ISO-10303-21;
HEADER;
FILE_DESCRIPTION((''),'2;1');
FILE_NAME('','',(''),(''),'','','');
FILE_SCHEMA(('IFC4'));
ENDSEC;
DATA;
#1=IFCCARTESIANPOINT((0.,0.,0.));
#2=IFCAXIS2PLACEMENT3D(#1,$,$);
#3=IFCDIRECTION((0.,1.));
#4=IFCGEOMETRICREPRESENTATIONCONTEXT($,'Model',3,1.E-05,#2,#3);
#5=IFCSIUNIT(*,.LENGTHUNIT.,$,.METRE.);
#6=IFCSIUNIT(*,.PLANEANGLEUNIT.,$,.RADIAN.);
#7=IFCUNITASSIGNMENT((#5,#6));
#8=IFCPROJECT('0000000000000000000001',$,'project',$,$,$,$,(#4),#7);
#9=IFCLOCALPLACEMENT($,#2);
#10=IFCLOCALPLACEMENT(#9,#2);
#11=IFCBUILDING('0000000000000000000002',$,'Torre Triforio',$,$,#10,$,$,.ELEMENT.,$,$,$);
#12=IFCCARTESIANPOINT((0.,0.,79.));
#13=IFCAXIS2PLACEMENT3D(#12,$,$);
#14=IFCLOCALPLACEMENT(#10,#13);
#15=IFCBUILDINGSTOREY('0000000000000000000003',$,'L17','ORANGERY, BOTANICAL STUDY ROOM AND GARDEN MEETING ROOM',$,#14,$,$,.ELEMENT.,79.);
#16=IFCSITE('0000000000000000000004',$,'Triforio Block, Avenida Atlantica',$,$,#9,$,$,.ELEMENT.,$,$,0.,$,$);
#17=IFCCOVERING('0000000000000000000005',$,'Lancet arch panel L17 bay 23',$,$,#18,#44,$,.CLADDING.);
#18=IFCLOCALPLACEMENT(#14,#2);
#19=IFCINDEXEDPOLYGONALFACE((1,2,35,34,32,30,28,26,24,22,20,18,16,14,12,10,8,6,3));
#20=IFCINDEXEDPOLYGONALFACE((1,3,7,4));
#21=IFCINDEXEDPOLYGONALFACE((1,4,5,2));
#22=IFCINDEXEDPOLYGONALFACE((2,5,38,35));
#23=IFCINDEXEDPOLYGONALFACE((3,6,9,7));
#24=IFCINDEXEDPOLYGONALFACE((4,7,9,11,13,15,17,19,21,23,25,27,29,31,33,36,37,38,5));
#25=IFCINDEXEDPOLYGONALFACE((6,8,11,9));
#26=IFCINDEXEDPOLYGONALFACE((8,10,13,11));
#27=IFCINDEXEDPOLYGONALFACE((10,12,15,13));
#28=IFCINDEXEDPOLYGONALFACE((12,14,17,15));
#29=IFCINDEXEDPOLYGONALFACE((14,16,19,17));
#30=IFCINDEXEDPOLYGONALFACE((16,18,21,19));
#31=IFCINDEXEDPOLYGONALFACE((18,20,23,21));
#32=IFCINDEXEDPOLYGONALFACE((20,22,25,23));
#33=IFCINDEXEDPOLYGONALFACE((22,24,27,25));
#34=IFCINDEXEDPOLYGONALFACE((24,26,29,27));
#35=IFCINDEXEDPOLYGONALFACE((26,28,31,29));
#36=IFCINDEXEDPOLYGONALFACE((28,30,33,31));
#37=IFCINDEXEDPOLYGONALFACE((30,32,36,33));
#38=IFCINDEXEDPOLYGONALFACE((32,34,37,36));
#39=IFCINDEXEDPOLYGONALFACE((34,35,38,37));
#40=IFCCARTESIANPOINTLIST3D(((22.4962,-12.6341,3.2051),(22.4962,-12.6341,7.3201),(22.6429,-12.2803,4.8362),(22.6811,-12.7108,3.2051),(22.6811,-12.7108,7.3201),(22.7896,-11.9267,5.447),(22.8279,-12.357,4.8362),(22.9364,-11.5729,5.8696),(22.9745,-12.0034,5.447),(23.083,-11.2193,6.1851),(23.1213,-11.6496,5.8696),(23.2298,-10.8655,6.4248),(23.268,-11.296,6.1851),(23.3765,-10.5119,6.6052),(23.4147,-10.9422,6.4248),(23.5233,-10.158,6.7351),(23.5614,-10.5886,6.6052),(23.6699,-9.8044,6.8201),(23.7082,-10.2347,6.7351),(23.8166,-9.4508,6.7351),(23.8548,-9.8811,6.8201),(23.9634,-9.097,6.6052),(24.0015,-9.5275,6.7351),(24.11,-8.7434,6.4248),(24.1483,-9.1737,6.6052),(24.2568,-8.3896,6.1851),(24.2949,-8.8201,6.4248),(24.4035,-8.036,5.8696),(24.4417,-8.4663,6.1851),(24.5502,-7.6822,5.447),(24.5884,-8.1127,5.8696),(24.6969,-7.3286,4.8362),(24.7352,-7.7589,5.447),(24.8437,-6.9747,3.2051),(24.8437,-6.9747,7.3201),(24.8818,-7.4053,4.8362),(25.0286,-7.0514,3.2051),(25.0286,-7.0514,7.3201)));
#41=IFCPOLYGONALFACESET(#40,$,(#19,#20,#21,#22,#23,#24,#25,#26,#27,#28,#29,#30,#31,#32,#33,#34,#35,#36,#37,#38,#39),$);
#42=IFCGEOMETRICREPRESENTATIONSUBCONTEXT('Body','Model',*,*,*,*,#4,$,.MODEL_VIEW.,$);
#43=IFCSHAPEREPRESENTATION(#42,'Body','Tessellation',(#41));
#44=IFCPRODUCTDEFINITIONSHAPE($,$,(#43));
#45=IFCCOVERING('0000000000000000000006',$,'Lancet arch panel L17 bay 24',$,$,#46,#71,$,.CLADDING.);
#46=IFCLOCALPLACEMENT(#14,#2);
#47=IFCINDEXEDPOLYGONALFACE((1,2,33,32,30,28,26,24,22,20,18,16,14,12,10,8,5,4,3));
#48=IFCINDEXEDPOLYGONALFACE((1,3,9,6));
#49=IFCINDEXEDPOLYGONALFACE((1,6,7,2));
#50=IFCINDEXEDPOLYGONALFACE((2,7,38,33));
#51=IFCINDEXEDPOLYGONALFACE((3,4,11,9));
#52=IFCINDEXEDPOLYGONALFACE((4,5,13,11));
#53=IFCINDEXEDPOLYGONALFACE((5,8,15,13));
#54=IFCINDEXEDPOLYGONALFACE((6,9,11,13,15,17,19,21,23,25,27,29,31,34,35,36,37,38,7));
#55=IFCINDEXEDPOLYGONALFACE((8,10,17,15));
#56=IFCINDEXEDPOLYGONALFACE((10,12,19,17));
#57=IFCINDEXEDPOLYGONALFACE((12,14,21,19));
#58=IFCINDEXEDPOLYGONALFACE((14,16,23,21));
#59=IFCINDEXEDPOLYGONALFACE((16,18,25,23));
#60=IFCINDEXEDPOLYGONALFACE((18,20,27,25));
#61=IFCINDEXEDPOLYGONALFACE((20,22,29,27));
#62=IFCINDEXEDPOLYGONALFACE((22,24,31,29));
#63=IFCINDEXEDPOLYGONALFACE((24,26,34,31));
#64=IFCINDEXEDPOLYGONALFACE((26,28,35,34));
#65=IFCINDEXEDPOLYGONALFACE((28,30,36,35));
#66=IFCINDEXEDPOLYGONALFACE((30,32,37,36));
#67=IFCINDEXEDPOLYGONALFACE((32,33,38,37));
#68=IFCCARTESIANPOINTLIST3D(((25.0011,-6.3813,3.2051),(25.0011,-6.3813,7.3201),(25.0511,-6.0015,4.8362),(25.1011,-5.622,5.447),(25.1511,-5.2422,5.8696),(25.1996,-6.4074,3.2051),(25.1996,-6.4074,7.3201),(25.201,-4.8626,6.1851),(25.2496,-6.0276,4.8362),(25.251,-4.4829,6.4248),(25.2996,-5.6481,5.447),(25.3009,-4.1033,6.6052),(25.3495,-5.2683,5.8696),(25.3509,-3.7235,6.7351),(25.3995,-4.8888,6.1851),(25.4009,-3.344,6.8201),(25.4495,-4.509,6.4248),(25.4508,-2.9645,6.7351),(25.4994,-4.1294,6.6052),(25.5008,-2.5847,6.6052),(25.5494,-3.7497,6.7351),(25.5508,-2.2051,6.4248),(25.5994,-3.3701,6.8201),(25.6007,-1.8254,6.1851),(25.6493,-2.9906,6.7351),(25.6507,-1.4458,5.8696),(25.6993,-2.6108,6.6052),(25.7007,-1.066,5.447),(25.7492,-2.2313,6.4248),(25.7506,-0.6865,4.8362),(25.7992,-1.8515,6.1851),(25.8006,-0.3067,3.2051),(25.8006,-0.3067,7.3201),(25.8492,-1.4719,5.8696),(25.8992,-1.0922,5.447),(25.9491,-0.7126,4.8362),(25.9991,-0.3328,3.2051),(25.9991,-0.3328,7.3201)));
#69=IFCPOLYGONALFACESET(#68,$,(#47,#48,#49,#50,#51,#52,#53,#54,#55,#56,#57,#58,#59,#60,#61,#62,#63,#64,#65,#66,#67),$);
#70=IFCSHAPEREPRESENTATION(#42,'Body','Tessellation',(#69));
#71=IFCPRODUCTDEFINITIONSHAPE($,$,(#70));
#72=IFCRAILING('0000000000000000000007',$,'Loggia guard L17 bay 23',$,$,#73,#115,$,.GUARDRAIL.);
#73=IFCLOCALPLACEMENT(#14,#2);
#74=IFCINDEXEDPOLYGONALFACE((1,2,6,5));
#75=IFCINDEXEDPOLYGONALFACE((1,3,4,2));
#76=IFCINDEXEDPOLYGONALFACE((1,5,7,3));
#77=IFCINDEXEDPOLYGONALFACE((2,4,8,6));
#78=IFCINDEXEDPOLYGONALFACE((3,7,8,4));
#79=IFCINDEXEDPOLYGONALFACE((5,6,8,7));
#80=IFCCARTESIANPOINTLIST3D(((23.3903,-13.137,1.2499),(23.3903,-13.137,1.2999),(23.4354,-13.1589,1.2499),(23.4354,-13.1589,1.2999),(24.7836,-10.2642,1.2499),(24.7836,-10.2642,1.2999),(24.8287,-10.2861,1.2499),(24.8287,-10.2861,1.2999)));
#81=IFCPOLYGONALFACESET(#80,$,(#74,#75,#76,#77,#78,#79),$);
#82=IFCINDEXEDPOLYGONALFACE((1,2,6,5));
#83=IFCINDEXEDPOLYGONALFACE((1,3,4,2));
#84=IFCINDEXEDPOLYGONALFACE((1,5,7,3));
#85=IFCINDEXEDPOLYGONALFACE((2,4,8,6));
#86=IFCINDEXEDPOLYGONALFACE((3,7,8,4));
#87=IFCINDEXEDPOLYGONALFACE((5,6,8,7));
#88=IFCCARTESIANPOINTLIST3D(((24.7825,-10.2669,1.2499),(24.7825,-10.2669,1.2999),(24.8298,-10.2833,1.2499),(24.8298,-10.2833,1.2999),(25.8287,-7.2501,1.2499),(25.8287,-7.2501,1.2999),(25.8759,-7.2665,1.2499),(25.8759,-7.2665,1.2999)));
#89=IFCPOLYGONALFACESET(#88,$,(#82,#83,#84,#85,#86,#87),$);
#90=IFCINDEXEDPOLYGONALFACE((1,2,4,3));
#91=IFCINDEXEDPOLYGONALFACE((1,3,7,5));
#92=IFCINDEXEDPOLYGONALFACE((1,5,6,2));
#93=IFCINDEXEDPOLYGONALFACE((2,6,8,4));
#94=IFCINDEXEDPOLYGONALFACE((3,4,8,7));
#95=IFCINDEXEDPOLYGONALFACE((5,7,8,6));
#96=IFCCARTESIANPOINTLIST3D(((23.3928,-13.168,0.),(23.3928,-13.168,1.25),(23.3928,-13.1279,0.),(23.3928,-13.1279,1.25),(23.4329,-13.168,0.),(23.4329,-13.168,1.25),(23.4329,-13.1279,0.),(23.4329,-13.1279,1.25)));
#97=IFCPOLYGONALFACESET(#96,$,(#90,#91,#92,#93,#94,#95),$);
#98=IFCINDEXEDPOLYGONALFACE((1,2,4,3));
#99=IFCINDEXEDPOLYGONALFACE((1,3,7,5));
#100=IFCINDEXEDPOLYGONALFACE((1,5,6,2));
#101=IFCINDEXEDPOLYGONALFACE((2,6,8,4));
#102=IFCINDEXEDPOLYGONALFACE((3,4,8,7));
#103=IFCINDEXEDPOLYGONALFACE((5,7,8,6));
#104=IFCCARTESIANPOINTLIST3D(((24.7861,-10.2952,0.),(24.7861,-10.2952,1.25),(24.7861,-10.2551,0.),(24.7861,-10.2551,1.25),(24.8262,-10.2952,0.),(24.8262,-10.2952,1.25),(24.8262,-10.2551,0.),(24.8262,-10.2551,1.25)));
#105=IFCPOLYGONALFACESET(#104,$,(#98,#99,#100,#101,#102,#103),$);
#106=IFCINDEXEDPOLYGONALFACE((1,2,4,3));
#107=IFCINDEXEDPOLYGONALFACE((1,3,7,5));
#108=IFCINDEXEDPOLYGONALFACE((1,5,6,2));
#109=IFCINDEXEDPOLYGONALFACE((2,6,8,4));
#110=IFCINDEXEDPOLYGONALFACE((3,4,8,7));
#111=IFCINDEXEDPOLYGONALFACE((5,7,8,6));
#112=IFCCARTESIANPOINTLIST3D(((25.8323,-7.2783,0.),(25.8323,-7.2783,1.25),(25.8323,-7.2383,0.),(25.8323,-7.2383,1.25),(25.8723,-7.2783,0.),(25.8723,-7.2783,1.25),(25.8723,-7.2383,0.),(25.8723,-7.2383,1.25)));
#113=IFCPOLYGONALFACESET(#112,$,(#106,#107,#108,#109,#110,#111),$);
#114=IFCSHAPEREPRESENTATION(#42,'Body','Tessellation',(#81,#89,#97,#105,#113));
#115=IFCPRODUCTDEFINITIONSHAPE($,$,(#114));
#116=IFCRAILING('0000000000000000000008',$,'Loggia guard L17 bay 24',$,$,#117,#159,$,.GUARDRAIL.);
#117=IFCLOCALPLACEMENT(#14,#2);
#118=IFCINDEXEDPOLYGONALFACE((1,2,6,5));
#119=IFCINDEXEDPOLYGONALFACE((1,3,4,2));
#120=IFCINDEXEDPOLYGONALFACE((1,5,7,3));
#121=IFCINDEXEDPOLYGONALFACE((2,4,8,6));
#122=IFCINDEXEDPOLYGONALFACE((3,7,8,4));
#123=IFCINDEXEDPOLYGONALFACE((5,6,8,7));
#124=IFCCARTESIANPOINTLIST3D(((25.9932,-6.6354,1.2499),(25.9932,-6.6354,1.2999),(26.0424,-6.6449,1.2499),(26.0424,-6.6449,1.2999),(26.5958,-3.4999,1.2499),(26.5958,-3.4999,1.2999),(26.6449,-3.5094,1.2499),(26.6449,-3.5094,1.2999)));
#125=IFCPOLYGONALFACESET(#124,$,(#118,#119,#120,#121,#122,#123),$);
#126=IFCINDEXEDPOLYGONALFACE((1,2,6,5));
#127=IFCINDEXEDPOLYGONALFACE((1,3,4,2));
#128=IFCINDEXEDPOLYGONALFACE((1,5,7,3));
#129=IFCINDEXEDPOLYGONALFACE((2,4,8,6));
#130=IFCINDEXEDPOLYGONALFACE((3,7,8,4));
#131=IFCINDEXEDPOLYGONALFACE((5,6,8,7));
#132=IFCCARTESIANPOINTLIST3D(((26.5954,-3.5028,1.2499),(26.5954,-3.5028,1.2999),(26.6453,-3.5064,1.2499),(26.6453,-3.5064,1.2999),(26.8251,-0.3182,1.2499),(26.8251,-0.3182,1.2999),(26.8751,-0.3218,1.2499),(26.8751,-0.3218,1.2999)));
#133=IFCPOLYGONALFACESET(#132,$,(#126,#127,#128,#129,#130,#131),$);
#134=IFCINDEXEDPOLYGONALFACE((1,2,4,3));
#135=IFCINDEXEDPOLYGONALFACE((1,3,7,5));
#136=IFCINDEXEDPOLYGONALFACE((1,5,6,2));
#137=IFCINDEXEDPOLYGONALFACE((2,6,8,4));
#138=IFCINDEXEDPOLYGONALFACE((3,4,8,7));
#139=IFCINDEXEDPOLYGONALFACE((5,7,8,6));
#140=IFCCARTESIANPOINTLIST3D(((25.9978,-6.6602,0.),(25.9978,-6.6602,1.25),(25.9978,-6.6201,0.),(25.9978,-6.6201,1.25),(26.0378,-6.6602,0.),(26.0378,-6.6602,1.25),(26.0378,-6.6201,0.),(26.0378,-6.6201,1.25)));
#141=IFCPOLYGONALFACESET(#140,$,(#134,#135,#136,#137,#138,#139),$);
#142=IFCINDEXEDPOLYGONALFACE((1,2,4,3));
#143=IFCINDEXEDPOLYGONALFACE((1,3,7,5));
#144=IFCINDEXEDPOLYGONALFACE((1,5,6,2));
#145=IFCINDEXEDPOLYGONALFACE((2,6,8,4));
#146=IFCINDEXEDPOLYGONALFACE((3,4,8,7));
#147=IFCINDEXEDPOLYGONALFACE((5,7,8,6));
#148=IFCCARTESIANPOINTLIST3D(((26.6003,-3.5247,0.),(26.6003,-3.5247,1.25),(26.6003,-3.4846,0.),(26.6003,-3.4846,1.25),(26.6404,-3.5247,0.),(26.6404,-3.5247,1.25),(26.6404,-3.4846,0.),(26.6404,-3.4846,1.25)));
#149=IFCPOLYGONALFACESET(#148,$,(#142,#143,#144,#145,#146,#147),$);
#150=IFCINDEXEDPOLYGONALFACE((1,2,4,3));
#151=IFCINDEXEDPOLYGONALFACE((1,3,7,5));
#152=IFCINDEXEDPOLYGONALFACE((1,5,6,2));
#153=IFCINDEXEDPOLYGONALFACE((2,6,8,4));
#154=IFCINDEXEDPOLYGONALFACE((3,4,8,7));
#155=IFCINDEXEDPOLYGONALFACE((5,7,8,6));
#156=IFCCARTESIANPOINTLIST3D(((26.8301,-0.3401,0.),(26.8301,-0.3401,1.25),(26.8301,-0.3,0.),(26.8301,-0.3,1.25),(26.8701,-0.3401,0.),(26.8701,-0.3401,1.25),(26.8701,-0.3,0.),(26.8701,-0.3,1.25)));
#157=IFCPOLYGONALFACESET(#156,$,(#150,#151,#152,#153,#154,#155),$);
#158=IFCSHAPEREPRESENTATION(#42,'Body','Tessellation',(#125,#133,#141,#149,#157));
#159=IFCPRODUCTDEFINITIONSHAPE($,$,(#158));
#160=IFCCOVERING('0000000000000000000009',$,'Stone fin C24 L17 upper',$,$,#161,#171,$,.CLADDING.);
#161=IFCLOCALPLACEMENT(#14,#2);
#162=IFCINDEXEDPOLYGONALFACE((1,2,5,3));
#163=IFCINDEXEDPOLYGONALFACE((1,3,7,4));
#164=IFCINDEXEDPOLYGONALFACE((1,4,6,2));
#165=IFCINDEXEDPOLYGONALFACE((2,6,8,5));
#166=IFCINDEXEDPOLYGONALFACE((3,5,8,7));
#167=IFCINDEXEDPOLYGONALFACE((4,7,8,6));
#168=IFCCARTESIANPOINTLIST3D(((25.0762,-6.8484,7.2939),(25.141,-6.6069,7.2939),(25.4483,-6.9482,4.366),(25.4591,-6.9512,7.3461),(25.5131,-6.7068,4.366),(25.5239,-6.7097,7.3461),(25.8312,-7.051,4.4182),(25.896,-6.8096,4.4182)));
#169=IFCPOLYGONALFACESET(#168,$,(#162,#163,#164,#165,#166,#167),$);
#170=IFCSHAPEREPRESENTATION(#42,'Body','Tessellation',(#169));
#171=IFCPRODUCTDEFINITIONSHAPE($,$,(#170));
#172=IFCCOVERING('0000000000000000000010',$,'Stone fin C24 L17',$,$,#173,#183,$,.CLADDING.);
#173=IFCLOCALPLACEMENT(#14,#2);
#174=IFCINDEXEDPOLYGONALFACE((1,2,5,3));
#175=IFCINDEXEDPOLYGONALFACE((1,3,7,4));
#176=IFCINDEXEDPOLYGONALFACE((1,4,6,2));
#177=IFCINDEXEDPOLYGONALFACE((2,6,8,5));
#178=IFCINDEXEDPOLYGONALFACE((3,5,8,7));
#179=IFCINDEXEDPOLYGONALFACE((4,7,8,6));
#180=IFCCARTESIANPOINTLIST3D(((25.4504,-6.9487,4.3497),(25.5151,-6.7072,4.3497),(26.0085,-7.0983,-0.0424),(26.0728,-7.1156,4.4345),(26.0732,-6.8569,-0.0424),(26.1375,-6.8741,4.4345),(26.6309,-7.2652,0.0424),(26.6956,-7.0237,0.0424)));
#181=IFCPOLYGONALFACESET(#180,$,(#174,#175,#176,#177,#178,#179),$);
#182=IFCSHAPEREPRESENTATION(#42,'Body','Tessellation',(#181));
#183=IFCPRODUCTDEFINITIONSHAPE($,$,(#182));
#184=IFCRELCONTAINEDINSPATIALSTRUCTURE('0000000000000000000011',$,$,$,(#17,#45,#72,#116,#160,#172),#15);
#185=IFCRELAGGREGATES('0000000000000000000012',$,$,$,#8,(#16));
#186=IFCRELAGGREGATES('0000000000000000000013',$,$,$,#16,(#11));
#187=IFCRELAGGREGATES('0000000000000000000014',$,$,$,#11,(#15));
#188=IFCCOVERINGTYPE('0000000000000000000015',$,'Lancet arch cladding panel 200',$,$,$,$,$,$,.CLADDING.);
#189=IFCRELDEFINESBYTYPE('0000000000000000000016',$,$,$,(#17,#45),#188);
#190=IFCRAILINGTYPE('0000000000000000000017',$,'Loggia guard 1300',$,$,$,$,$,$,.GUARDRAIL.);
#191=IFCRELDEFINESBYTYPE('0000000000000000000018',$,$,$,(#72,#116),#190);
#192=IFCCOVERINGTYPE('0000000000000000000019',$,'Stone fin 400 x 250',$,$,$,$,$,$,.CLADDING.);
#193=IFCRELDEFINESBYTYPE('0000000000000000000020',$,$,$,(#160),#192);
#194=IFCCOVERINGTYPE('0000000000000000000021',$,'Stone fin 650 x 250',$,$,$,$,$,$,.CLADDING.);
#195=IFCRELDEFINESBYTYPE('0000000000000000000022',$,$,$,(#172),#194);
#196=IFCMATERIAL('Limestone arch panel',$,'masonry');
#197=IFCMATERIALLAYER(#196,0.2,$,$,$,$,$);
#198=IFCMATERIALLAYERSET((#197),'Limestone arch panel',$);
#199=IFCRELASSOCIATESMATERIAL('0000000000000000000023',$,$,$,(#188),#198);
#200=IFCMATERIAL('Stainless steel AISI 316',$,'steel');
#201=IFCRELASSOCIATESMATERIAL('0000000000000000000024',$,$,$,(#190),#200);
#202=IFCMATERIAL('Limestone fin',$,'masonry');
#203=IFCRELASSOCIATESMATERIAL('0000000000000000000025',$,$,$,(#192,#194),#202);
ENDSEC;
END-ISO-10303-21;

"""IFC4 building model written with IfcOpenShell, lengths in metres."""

from ifc_helpers import new_model, si_unit, direction, frame, origin, origin_2d, place, context, subcontext, project, spatial, polyline, rectangle, outline, extrude, material, layer, layer_set, material_profile, profile_set, type_object, element, save


model = new_model("IFC4")

# Units and contexts
model_context = context("Model", 3, precision=1e-05, world=origin(), true_north=direction((0.0, 1.0)))
body_context = subcontext(model_context, "Body", "Model", "MODEL_VIEW")
ifc_project = project(units=[si_unit("LENGTHUNIT", "METRE"), si_unit("PLANEANGLEUNIT", "RADIAN")], contexts=[model_context])

# Site, building, storey
site_placement = place(None, origin())
site = spatial("IfcSite", under=ifc_project, at=site_placement, Name="Triforio Block, Avenida Atlantica", CompositionType="ELEMENT", RefElevation=0.0)
building_placement = place(site_placement, origin())
building = spatial("IfcBuilding", under=site, at=building_placement, Name="Torre Triforio", CompositionType="ELEMENT")
storey_placement = place(building_placement, frame((0.0, 0.0, 79.0)))
storey = spatial("IfcBuildingStorey", under=building, at=storey_placement, Name="L17", Description="ORANGERY, BOTANICAL STUDY ROOM AND GARDEN MEETING ROOM", CompositionType="ELEMENT", Elevation=79.0)

# Coverings
ifc_material_1 = material(Name="Limestone arch panel", Category="masonry")
ifc_layer_1 = layer(ifc_material_1, 0.2)
ifc_layer_set_1 = layer_set([ifc_layer_1], Name="Limestone arch panel")
covering_type_1 = type_object("IfcCoveringType", Name="Lancet arch cladding panel 200", PredefinedType="CLADDING", material=ifc_layer_set_1)
for number, where, z_axis, x_axis, name in (
    (1, (23.6699, -9.8044, 0.0), (0.923689, -0.383142, 0.0), (0.383142, 0.923689, 0.0), "Lancet arch panel L17 bay 23"),
    (2, (25.4009, -3.344, 0.0), (0.99145, -0.130486, 0.0), (0.130486, 0.99145, 0.0), "Lancet arch panel L17 bay 24"),
):
    element("IfcCovering", number, at=place(storey_placement, frame(where, z_axis=z_axis, x_axis=x_axis)), inside=storey, type_object=covering_type_1, Name=name, PredefinedType="CLADDING", context=body_context, shape_type="SweptSolid", body=[
        extrude(outline(polyline([(-3.0635, 7.3201), (-3.0635, 3.2051), (-2.6804, 4.8362), (-2.2976, 5.447), (-1.9146, 5.8696), (-1.5317, 6.1851), (-1.1487, 6.4248), (-0.7659, 6.6052), (-0.3828, 6.7351), (0.0, 6.8201), (0.3828, 6.7351), (0.7659, 6.6052), (1.1487, 6.4248), (1.5317, 6.1851), (1.9146, 5.8696), (2.2976, 5.447), (2.6804, 4.8362), (3.0635, 3.2051), (3.0635, 7.3201), (-3.0635, 7.3201)])), origin(), (0.0, 0.0, 1.0), 0.2002),
    ])

# Railings
ifc_material_2 = material(Name="Stainless steel AISI 316", Category="steel")
railing_type = type_object("IfcRailingType", Name="Loggia guard 1300", PredefinedType="GUARDRAIL", material=ifc_material_2)
railing_1_placement = place(storey_placement, frame((23.4128, -13.1479, 0.0)))
element("IfcRailing", 3, at=railing_1_placement, inside=storey, type_object=railing_type, Name="Loggia guard L17 bay 23", PredefinedType="GUARDRAIL", context=body_context, shape_type="SweptSolid", body=[
    extrude(rectangle(XDim=0.05, YDim=0.05, at=origin_2d()), frame((0.0, 0.0, 1.2749), z_axis=(0.436384, 0.89976, 0.0), x_axis=(-0.89976, 0.436384, 0.0)), (0.0, 0.0, 1.0), 3.1929),
    extrude(rectangle(XDim=0.05, YDim=0.05, at=origin_2d()), frame((1.3933, 2.8728, 1.2749), z_axis=(0.327628, 0.944807, 0.0), x_axis=(-0.944807, 0.327628, 0.0)), (0.0, 0.0, 1.0), 3.1931),
    extrude(rectangle(XDim=0.04, YDim=0.04, at=origin_2d()), origin(), (0.0, 0.0, 1.0), 1.25),
    extrude(rectangle(XDim=0.04, YDim=0.04, at=origin_2d()), frame((1.3933, 2.8728, 0.0)), (0.0, 0.0, 1.0), 1.25),
    extrude(rectangle(XDim=0.04, YDim=0.04, at=origin_2d()), frame((2.4395, 5.8896, 0.0)), (0.0, 0.0, 1.0), 1.25),
])
railing_2_placement = place(storey_placement, frame((26.0178, -6.6401, 0.0)))
element("IfcRailing", 4, at=railing_2_placement, inside=storey, type_object=railing_type, Name="Loggia guard L17 bay 24", PredefinedType="GUARDRAIL", context=body_context, shape_type="SweptSolid", body=[
    extrude(rectangle(XDim=0.05, YDim=0.05, at=origin_2d()), frame((0.0, 0.0, 1.2749), z_axis=(0.188714, 0.982032, 0.0), x_axis=(-0.982032, 0.188714, 0.0)), (0.0, 0.0, 1.0), 3.1929),
    extrude(rectangle(XDim=0.05, YDim=0.05, at=origin_2d()), frame((0.6025, 3.1355, 1.2749), z_axis=(0.071953, 0.997408, 0.0), x_axis=(-0.997408, 0.071953, 0.0)), (0.0, 0.0, 1.0), 3.1929),
    extrude(rectangle(XDim=0.04, YDim=0.04, at=origin_2d()), origin(), (0.0, 0.0, 1.0), 1.25),
    extrude(rectangle(XDim=0.04, YDim=0.04, at=origin_2d()), frame((0.6025, 3.1355, 0.0)), (0.0, 0.0, 1.0), 1.25),
    extrude(rectangle(XDim=0.04, YDim=0.04, at=origin_2d()), frame((0.8323, 6.3201, 0.0)), (0.0, 0.0, 1.0), 1.25),
])

# Coverings
ifc_material_3 = material(Name="Limestone fin", Category="masonry")
ifc_material_profile_1 = material_profile(ifc_material_3, rectangle(XDim=0.3999, YDim=0.25, at=origin_2d()), Name="FIN 400x250")
ifc_profile_set_1 = profile_set([ifc_material_profile_1], Name="Limestone fin")
covering_type_2 = type_object("IfcCoveringType", Name="Stone fin 400 x 250", PredefinedType="CLADDING", material=ifc_profile_set_1)
covering_1_placement = place(storey_placement, frame((25.6721, -6.8789, 4.3921), z_axis=(-0.125988, 0.033812, 0.991455), x_axis=(0.957571, -0.256986, 0.130447)))
element("IfcCovering", 5, at=covering_1_placement, inside=storey, type_object=covering_type_2, Name="Stone fin C24 L17 upper", PredefinedType="CLADDING", context=body_context, shape_type="SweptSolid", body=[
    extrude(rectangle(XDim=0.3999, YDim=0.25, at=origin_2d()), origin(), (0.0, 0.0, 1.0), 2.9531),
])
ifc_material_profile_2 = material_profile(ifc_material_3, rectangle(XDim=0.6499, YDim=0.25, at=origin_2d()), Name="FIN 650x250")
ifc_profile_set_2 = profile_set([ifc_material_profile_2], Name="Limestone fin")
covering_type_3 = type_object("IfcCoveringType", Name="Stone fin 650 x 250", PredefinedType="CLADDING", material=ifc_profile_set_2)
covering_2_placement = place(storey_placement, frame((26.3521, -7.061, 0.0), z_axis=(-0.125985, 0.033783, 0.991457), x_axis=(0.957625, -0.256791, 0.130436)))
element("IfcCovering", 6, at=covering_2_placement, inside=storey, type_object=covering_type_3, Name="Stone fin C24 L17", PredefinedType="CLADDING", context=body_context, shape_type="SweptSolid", body=[
    extrude(rectangle(XDim=0.6499, YDim=0.25, at=origin_2d()), origin(), (0.0, 0.0, 1.0), 4.4299),
])

save(model, "model.ifc")
